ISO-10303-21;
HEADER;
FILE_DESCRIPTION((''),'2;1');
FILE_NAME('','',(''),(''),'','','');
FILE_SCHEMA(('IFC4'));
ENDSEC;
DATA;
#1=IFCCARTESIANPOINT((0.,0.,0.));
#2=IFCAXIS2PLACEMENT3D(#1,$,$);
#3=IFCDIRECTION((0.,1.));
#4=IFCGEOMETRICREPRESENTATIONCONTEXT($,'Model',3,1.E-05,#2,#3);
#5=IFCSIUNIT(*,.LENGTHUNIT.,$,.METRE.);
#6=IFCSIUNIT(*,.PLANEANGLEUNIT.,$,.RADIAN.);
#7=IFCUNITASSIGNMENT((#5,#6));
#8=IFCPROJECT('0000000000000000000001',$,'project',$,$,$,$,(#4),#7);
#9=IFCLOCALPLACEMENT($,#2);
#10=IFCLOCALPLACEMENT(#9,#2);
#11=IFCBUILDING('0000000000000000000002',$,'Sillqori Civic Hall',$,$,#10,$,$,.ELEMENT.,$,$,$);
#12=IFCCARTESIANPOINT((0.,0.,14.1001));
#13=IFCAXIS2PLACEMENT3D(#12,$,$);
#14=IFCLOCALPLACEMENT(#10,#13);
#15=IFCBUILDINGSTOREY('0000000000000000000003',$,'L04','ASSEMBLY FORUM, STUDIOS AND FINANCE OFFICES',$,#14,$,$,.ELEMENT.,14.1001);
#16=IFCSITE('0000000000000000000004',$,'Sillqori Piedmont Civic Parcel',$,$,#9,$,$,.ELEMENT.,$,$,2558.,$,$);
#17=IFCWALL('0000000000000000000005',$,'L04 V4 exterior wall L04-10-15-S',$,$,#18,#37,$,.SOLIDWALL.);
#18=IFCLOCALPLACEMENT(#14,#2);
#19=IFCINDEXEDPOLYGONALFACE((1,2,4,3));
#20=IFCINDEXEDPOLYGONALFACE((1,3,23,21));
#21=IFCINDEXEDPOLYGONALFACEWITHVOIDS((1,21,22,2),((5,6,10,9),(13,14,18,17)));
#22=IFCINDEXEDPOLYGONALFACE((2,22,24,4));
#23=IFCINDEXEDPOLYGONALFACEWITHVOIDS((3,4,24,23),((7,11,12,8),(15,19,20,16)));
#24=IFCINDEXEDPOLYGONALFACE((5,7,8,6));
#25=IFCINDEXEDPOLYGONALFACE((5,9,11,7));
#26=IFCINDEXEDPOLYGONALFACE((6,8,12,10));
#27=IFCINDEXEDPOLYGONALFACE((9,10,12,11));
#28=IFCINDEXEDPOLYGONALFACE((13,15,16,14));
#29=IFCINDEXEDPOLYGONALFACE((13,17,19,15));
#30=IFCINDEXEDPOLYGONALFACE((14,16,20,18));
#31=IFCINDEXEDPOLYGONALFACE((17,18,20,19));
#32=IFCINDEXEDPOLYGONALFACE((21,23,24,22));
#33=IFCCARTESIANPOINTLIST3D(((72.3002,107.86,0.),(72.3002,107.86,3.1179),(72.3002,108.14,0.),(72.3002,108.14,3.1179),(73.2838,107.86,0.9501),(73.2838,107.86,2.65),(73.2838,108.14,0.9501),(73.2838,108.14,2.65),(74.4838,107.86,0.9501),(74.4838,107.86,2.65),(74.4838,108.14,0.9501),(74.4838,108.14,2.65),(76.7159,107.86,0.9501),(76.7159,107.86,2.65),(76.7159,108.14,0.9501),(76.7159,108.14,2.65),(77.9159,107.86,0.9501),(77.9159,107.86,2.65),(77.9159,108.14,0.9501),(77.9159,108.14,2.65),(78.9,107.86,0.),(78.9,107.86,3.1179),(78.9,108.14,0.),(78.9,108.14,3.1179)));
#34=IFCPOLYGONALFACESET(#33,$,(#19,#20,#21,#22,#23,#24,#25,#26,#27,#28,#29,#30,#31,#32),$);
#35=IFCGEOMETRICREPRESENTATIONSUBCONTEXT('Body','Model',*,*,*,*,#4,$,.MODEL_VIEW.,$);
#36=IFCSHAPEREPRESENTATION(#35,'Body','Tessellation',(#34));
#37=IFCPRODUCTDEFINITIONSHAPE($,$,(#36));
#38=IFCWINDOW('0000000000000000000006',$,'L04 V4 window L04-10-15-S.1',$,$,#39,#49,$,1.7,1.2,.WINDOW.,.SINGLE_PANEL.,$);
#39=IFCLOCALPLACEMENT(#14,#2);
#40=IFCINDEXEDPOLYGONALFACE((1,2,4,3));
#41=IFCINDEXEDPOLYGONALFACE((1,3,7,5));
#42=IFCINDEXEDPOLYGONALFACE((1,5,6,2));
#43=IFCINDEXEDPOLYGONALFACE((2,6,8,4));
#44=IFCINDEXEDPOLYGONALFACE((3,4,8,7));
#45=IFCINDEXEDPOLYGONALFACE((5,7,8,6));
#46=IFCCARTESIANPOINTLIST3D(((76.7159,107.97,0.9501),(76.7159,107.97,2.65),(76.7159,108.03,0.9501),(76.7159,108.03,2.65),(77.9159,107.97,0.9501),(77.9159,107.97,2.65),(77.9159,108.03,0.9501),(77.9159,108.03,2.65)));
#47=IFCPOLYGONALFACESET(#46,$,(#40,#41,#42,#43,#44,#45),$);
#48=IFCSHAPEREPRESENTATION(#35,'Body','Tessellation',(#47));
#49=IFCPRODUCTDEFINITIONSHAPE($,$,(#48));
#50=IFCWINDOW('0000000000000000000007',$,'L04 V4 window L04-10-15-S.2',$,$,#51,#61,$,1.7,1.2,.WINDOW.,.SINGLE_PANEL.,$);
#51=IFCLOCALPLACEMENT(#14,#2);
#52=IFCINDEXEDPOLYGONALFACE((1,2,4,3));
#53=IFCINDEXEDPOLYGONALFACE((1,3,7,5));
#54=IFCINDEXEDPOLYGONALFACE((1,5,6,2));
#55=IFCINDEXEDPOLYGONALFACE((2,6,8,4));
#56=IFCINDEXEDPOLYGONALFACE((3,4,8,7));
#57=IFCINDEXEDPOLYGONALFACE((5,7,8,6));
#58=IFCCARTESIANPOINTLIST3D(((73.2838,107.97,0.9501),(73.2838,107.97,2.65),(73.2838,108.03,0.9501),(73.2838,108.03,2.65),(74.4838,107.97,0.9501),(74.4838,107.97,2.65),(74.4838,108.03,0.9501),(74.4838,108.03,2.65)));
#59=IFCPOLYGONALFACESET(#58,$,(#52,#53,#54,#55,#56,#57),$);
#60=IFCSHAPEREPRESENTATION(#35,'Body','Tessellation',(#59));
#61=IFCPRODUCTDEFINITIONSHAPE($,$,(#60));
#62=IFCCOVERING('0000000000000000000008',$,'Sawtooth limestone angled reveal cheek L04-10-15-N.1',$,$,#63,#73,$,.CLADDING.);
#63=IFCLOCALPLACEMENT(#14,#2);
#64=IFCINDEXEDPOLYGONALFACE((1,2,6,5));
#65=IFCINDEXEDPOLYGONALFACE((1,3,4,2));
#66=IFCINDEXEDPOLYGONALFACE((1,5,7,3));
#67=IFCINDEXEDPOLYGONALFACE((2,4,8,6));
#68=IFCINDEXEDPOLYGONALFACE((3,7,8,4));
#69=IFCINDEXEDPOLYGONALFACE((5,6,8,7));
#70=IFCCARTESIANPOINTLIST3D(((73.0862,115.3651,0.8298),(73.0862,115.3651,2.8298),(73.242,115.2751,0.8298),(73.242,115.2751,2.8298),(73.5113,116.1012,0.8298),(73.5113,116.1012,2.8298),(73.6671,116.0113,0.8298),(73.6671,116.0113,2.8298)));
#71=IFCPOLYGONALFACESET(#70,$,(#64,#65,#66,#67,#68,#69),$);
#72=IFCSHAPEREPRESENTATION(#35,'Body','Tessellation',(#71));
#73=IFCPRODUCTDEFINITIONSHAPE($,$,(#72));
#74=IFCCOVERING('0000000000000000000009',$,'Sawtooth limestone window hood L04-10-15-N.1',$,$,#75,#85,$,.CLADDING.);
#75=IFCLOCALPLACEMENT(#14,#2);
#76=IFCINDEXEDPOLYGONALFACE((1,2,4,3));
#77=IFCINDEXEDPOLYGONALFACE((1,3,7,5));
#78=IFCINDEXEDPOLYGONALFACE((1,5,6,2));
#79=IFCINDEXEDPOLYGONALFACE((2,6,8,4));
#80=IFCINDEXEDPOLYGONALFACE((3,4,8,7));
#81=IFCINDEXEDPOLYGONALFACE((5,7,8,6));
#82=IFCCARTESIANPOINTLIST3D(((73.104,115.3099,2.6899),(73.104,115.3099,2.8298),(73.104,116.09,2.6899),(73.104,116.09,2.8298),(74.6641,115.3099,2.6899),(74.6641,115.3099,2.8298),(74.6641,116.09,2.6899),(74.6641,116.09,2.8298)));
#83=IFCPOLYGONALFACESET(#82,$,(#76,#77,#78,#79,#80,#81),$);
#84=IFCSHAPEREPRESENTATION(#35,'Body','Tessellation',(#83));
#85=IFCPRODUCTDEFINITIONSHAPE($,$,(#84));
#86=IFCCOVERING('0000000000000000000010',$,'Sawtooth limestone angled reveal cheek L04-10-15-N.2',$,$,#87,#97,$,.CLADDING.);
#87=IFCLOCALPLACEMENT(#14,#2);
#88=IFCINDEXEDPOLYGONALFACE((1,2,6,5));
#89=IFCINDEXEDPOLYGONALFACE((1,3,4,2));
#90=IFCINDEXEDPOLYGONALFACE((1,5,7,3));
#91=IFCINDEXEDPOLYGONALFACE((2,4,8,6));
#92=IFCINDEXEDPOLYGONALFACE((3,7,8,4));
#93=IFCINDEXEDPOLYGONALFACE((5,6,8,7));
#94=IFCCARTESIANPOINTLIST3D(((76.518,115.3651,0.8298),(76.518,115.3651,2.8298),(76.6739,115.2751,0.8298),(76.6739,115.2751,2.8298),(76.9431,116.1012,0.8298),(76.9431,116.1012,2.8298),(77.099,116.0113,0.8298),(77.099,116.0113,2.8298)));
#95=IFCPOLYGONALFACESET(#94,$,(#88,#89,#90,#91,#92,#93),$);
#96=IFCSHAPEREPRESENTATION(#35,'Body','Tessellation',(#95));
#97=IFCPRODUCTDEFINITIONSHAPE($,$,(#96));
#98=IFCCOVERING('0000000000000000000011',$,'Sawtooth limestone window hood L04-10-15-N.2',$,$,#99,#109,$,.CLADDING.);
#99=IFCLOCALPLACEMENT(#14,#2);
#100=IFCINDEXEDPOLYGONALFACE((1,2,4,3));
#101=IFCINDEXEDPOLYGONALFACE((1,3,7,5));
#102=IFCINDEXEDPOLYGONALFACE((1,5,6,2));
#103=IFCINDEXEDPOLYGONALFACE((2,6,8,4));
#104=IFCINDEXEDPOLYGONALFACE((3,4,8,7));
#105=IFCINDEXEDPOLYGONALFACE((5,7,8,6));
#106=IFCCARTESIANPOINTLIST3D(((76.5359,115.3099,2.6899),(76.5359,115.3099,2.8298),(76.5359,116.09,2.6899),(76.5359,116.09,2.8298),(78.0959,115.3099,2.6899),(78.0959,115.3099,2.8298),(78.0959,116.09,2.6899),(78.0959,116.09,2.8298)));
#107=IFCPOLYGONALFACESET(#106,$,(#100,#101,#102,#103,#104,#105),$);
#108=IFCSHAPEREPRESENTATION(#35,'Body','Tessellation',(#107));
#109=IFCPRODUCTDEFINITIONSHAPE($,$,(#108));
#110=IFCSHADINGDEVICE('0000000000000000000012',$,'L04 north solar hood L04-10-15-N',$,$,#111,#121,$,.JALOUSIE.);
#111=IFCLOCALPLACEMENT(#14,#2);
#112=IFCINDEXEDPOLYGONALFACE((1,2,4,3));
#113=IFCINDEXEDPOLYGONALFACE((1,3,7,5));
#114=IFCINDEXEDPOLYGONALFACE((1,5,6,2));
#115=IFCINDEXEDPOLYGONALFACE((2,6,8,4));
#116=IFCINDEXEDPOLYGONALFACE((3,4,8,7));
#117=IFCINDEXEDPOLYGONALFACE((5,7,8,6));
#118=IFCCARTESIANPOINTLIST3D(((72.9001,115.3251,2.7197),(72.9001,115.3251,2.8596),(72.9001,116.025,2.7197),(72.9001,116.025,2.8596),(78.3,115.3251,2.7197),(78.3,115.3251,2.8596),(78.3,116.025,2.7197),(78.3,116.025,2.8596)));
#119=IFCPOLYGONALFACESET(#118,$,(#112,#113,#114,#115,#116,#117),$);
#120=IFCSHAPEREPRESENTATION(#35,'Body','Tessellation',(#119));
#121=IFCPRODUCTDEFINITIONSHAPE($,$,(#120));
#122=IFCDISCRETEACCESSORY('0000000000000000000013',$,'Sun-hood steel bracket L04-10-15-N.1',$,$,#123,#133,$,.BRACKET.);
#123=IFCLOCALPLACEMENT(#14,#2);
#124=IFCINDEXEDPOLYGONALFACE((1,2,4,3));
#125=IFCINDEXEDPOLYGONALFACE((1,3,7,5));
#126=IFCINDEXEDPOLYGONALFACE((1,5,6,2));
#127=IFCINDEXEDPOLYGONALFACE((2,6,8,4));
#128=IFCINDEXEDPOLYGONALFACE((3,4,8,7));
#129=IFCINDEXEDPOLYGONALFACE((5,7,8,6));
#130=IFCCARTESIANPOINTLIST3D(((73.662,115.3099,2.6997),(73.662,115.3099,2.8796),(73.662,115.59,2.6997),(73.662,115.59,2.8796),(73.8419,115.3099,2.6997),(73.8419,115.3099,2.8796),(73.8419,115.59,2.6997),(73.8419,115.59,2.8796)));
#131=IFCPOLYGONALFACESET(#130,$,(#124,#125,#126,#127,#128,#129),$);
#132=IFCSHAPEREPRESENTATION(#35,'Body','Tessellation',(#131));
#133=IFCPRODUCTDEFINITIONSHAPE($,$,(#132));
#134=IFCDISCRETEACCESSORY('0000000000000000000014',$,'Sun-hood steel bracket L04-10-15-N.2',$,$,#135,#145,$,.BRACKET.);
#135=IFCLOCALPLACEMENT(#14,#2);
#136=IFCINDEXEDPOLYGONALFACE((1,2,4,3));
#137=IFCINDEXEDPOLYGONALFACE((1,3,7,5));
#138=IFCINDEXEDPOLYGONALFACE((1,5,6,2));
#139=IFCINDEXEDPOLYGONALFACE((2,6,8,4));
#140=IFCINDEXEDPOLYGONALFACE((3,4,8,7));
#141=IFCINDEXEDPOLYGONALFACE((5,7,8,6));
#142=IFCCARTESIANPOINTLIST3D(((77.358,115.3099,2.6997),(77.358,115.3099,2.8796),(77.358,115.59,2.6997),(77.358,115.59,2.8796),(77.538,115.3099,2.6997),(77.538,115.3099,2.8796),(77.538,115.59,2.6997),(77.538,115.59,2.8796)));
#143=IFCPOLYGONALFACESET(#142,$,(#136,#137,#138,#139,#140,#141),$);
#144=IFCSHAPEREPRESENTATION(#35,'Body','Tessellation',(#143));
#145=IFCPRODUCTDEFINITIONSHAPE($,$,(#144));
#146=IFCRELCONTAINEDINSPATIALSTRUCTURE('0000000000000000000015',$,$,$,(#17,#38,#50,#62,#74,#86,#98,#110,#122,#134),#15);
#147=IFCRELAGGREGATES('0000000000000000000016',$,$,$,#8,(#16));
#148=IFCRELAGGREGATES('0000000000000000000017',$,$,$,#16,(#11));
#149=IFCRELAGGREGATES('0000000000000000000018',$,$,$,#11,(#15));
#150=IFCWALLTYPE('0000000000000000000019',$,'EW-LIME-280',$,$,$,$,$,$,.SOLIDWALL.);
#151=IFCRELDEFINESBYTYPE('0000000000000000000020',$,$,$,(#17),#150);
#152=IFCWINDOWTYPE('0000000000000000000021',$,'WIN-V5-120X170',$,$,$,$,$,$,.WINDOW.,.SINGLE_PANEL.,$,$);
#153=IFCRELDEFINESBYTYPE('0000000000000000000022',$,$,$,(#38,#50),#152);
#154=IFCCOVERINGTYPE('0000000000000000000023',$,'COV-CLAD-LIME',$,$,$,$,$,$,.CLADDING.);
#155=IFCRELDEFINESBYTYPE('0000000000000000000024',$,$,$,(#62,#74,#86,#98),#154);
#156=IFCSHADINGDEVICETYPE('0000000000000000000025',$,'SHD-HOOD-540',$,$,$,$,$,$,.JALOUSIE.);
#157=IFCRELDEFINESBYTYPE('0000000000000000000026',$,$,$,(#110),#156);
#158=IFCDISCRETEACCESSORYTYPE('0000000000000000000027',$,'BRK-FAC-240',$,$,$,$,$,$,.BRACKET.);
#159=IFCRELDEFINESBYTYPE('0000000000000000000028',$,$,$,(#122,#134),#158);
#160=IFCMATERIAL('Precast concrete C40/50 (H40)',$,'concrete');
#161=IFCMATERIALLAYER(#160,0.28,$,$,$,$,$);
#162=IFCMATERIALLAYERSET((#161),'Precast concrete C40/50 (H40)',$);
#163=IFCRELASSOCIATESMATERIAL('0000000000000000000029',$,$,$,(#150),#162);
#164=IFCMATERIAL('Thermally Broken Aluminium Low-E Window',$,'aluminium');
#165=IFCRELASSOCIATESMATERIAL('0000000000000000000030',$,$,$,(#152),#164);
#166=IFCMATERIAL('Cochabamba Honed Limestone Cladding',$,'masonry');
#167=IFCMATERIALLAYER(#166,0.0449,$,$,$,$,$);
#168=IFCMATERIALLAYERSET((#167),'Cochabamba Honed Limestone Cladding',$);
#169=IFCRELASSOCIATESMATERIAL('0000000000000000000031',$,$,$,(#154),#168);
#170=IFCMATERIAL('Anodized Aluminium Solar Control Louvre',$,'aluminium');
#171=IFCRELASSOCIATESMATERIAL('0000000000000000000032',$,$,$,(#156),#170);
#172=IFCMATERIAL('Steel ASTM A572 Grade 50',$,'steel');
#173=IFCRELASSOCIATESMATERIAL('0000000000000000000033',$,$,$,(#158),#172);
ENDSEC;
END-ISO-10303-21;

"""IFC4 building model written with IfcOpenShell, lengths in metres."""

from ifc_helpers import new_model, si_unit, direction, frame, frame_2d, origin, origin_2d, place, context, subcontext, project, spatial, rectangle, extrude, material, layer, layer_set, type_object, element, fill, save


model = new_model("IFC4")

# Units and contexts
model_context = context("Model", 3, precision=1e-05, world=origin(), true_north=direction((0.0, 1.0)))
body_context = subcontext(model_context, "Body", "Model", "MODEL_VIEW")
ifc_project = project(units=[si_unit("LENGTHUNIT", "METRE"), si_unit("PLANEANGLEUNIT", "RADIAN")], contexts=[model_context])

# Site, building, storey
site_placement = place(None, origin())
site = spatial("IfcSite", under=ifc_project, at=site_placement, Name="Sillqori Piedmont Civic Parcel", CompositionType="ELEMENT", RefElevation=2558.0)
building_placement = place(site_placement, origin())
building = spatial("IfcBuilding", under=site, at=building_placement, Name="Sillqori Civic Hall", CompositionType="ELEMENT")
storey_placement = place(building_placement, frame((0.0, 0.0, 14.1001)))
storey = spatial("IfcBuildingStorey", under=building, at=storey_placement, Name="L04", Description="ASSEMBLY FORUM, STUDIOS AND FINANCE OFFICES", CompositionType="ELEMENT", Elevation=14.1001)

# Shared definitions
ifc_material_1 = material(Name="Precast concrete C40/50 (H40)", Category="concrete")

# Wall, openings, windows
ifc_layer_1 = layer(ifc_material_1, 0.28)
ifc_layer_set_1 = layer_set([ifc_layer_1], Name="Precast concrete C40/50 (H40)")
wall_type = type_object("IfcWallType", Name="EW-LIME-280", PredefinedType="SOLIDWALL", material=ifc_layer_set_1)
wall_placement = place(storey_placement, frame((78.8999, 108.0, 0.0), z_axis=(0.0, 0.0, 1.0), x_axis=(-1.0, 0.0, 0.0)))
wall = element("IfcWall", 1, at=wall_placement, inside=storey, type_object=wall_type, Name="L04 V4 exterior wall L04-10-15-S", PredefinedType="SOLIDWALL", context=body_context, shape_type="SweptSolid", body=[
    extrude(rectangle(XDim=6.5999, YDim=0.28, at=frame_2d((3.2998, 0.0))), origin(), (0.0, 0.0, 1.0), 3.1179),
])
opening_1_placement = place(wall_placement, frame((0.9839, 0.0, 0.95)))
opening_1 = element("IfcOpeningElement", 2, at=opening_1_placement, cuts=wall, PredefinedType="OPENING", context=body_context, shape_type="SweptSolid", body=[
    extrude(rectangle(XDim=1.2, YDim=1.7, at=frame_2d((0.6001, 0.8501))), frame((0.0, 0.1499, 0.0), z_axis=(0.0, -1.0, 0.0), x_axis=(1.0, 0.0, 0.0)), (0.0, 0.0, 1.0), 0.3),
])
opening_2_placement = place(wall_placement, frame((4.416, 0.0, 0.95)))
opening_2 = element("IfcOpeningElement", 3, at=opening_2_placement, cuts=wall, PredefinedType="OPENING", context=body_context, shape_type="SweptSolid", body=[
    extrude(rectangle(XDim=1.2, YDim=1.7, at=frame_2d((0.6001, 0.8501))), frame((0.0, 0.1499, 0.0), z_axis=(0.0, -1.0, 0.0), x_axis=(1.0, 0.0, 0.0)), (0.0, 0.0, 1.0), 0.3),
])
ifc_material_2 = material(Name="Thermally Broken Aluminium Low-E Window", Category="aluminium")
window_type = type_object("IfcWindowType", Name="WIN-V5-120X170", PartitioningType="SINGLE_PANEL", PredefinedType="WINDOW", material=ifc_material_2)
window_1_placement = place(opening_1_placement, origin())
window_1 = element("IfcWindow", 4, at=window_1_placement, inside=storey, type_object=window_type, Name="L04 V4 window L04-10-15-S.1", OverallHeight=1.7, OverallWidth=1.2, PartitioningType="SINGLE_PANEL", PredefinedType="WINDOW", context=body_context, shape_type="SweptSolid", body=[
    extrude(rectangle(XDim=1.2, YDim=1.7, at=frame_2d((0.6001, 0.8501))), frame((0.0, 0.03, 0.0), z_axis=(0.0, -1.0, 0.0), x_axis=(1.0, 0.0, 0.0)), (0.0, 0.0, 1.0), 0.0601),
])
fill(opening_1, window_1)
window_2_placement = place(opening_2_placement, origin())
window_2 = element("IfcWindow", 5, at=window_2_placement, inside=storey, type_object=window_type, Name="L04 V4 window L04-10-15-S.2", OverallHeight=1.7, OverallWidth=1.2, PartitioningType="SINGLE_PANEL", PredefinedType="WINDOW", context=body_context, shape_type="SweptSolid", body=[
    extrude(rectangle(XDim=1.2, YDim=1.7, at=frame_2d((0.6001, 0.8501))), frame((0.0, 0.03, 0.0), z_axis=(0.0, -1.0, 0.0), x_axis=(1.0, 0.0, 0.0)), (0.0, 0.0, 1.0), 0.0601),
])
fill(opening_2, window_2)

# Coverings
ifc_material_3 = material(Name="Cochabamba Honed Limestone Cladding", Category="masonry")
ifc_layer_2 = layer(ifc_material_3, 0.0449)
ifc_layer_set_2 = layer_set([ifc_layer_2], Name="Cochabamba Honed Limestone Cladding")
covering_type = type_object("IfcCoveringType", Name="COV-CLAD-LIME", PredefinedType="CLADDING", material=ifc_layer_set_2)
covering_1_placement = place(storey_placement, frame((73.1641, 115.3201, 0.8298), z_axis=(0.0, 0.0, 1.0), x_axis=(0.500062, 0.865989, 0.0)))
element("IfcCovering", 6, at=covering_1_placement, inside=storey, type_object=covering_type, Name="Sawtooth limestone angled reveal cheek L04-10-15-N.1", PredefinedType="CLADDING", context=body_context, shape_type="SweptSolid", body=[
    extrude(rectangle(XDim=0.8501, YDim=0.1799, at=frame_2d((0.425, 0.0))), origin(), (0.0, 0.0, 1.0), 2.0),
])
covering_2_placement = place(storey_placement, frame((73.104, 115.7, 2.6899), z_axis=(0.0, 0.0, 1.0), x_axis=(1.0, 0.0, 0.0)))
element("IfcCovering", 7, at=covering_2_placement, inside=storey, type_object=covering_type, Name="Sawtooth limestone window hood L04-10-15-N.1", PredefinedType="CLADDING", context=body_context, shape_type="SweptSolid", body=[
    extrude(rectangle(XDim=1.5601, YDim=0.78, at=frame_2d((0.78, 0.0))), origin(), (0.0, 0.0, 1.0), 0.1399),
])
covering_3_placement = place(storey_placement, frame((76.5959, 115.3201, 0.8298), z_axis=(0.0, 0.0, 1.0), x_axis=(0.500062, 0.865989, 0.0)))
element("IfcCovering", 8, at=covering_3_placement, inside=storey, type_object=covering_type, Name="Sawtooth limestone angled reveal cheek L04-10-15-N.2", PredefinedType="CLADDING", context=body_context, shape_type="SweptSolid", body=[
    extrude(rectangle(XDim=0.8501, YDim=0.1799, at=frame_2d((0.425, 0.0))), origin(), (0.0, 0.0, 1.0), 2.0),
])
covering_4_placement = place(storey_placement, frame((76.5359, 115.7, 2.6899), z_axis=(0.0, 0.0, 1.0), x_axis=(1.0, 0.0, 0.0)))
element("IfcCovering", 9, at=covering_4_placement, inside=storey, type_object=covering_type, Name="Sawtooth limestone window hood L04-10-15-N.2", PredefinedType="CLADDING", context=body_context, shape_type="SweptSolid", body=[
    extrude(rectangle(XDim=1.5601, YDim=0.78, at=frame_2d((0.78, 0.0))), origin(), (0.0, 0.0, 1.0), 0.1399),
])

# Shading device
ifc_material_4 = material(Name="Anodized Aluminium Solar Control Louvre", Category="aluminium")
shading_device_type = type_object("IfcShadingDeviceType", Name="SHD-HOOD-540", PredefinedType="JALOUSIE", material=ifc_material_4)
shading_device_placement = place(storey_placement, frame((75.6001, 115.675, 2.7197), z_axis=(0.0, 0.0, 1.0), x_axis=(1.0, 0.0, 0.0)))
element("IfcShadingDevice", 10, at=shading_device_placement, inside=storey, type_object=shading_device_type, Name="L04 north solar hood L04-10-15-N", PredefinedType="JALOUSIE", context=body_context, shape_type="SweptSolid", body=[
    extrude(rectangle(XDim=5.3999, YDim=0.7, at=origin_2d()), origin(), (0.0, 0.0, 1.0), 0.1399),
])

# Discrete accessories
ifc_material_5 = material(Name="Steel ASTM A572 Grade 50", Category="steel")
discrete_accessory_type = type_object("IfcDiscreteAccessoryType", Name="BRK-FAC-240", PredefinedType="BRACKET", material=ifc_material_5)
for number, where, z_axis, x_axis, name in (
    (11, (73.752, 115.45, 2.6997), (0.0, 0.0, 1.0), (1.0, 0.0, 0.0), "Sun-hood steel bracket L04-10-15-N.1"),
    (12, (77.448, 115.45, 2.6997), (0.0, 0.0, 1.0), (1.0, 0.0, 0.0), "Sun-hood steel bracket L04-10-15-N.2"),
):
    element("IfcDiscreteAccessory", number, at=place(storey_placement, frame(where, z_axis=z_axis, x_axis=x_axis)), inside=storey, type_object=discrete_accessory_type, Name=name, PredefinedType="BRACKET", context=body_context, shape_type="SweptSolid", body=[
        extrude(rectangle(XDim=0.1799, YDim=0.28, at=origin_2d()), origin(), (0.0, 0.0, 1.0), 0.1799),
    ])

save(model, "model.ifc")
